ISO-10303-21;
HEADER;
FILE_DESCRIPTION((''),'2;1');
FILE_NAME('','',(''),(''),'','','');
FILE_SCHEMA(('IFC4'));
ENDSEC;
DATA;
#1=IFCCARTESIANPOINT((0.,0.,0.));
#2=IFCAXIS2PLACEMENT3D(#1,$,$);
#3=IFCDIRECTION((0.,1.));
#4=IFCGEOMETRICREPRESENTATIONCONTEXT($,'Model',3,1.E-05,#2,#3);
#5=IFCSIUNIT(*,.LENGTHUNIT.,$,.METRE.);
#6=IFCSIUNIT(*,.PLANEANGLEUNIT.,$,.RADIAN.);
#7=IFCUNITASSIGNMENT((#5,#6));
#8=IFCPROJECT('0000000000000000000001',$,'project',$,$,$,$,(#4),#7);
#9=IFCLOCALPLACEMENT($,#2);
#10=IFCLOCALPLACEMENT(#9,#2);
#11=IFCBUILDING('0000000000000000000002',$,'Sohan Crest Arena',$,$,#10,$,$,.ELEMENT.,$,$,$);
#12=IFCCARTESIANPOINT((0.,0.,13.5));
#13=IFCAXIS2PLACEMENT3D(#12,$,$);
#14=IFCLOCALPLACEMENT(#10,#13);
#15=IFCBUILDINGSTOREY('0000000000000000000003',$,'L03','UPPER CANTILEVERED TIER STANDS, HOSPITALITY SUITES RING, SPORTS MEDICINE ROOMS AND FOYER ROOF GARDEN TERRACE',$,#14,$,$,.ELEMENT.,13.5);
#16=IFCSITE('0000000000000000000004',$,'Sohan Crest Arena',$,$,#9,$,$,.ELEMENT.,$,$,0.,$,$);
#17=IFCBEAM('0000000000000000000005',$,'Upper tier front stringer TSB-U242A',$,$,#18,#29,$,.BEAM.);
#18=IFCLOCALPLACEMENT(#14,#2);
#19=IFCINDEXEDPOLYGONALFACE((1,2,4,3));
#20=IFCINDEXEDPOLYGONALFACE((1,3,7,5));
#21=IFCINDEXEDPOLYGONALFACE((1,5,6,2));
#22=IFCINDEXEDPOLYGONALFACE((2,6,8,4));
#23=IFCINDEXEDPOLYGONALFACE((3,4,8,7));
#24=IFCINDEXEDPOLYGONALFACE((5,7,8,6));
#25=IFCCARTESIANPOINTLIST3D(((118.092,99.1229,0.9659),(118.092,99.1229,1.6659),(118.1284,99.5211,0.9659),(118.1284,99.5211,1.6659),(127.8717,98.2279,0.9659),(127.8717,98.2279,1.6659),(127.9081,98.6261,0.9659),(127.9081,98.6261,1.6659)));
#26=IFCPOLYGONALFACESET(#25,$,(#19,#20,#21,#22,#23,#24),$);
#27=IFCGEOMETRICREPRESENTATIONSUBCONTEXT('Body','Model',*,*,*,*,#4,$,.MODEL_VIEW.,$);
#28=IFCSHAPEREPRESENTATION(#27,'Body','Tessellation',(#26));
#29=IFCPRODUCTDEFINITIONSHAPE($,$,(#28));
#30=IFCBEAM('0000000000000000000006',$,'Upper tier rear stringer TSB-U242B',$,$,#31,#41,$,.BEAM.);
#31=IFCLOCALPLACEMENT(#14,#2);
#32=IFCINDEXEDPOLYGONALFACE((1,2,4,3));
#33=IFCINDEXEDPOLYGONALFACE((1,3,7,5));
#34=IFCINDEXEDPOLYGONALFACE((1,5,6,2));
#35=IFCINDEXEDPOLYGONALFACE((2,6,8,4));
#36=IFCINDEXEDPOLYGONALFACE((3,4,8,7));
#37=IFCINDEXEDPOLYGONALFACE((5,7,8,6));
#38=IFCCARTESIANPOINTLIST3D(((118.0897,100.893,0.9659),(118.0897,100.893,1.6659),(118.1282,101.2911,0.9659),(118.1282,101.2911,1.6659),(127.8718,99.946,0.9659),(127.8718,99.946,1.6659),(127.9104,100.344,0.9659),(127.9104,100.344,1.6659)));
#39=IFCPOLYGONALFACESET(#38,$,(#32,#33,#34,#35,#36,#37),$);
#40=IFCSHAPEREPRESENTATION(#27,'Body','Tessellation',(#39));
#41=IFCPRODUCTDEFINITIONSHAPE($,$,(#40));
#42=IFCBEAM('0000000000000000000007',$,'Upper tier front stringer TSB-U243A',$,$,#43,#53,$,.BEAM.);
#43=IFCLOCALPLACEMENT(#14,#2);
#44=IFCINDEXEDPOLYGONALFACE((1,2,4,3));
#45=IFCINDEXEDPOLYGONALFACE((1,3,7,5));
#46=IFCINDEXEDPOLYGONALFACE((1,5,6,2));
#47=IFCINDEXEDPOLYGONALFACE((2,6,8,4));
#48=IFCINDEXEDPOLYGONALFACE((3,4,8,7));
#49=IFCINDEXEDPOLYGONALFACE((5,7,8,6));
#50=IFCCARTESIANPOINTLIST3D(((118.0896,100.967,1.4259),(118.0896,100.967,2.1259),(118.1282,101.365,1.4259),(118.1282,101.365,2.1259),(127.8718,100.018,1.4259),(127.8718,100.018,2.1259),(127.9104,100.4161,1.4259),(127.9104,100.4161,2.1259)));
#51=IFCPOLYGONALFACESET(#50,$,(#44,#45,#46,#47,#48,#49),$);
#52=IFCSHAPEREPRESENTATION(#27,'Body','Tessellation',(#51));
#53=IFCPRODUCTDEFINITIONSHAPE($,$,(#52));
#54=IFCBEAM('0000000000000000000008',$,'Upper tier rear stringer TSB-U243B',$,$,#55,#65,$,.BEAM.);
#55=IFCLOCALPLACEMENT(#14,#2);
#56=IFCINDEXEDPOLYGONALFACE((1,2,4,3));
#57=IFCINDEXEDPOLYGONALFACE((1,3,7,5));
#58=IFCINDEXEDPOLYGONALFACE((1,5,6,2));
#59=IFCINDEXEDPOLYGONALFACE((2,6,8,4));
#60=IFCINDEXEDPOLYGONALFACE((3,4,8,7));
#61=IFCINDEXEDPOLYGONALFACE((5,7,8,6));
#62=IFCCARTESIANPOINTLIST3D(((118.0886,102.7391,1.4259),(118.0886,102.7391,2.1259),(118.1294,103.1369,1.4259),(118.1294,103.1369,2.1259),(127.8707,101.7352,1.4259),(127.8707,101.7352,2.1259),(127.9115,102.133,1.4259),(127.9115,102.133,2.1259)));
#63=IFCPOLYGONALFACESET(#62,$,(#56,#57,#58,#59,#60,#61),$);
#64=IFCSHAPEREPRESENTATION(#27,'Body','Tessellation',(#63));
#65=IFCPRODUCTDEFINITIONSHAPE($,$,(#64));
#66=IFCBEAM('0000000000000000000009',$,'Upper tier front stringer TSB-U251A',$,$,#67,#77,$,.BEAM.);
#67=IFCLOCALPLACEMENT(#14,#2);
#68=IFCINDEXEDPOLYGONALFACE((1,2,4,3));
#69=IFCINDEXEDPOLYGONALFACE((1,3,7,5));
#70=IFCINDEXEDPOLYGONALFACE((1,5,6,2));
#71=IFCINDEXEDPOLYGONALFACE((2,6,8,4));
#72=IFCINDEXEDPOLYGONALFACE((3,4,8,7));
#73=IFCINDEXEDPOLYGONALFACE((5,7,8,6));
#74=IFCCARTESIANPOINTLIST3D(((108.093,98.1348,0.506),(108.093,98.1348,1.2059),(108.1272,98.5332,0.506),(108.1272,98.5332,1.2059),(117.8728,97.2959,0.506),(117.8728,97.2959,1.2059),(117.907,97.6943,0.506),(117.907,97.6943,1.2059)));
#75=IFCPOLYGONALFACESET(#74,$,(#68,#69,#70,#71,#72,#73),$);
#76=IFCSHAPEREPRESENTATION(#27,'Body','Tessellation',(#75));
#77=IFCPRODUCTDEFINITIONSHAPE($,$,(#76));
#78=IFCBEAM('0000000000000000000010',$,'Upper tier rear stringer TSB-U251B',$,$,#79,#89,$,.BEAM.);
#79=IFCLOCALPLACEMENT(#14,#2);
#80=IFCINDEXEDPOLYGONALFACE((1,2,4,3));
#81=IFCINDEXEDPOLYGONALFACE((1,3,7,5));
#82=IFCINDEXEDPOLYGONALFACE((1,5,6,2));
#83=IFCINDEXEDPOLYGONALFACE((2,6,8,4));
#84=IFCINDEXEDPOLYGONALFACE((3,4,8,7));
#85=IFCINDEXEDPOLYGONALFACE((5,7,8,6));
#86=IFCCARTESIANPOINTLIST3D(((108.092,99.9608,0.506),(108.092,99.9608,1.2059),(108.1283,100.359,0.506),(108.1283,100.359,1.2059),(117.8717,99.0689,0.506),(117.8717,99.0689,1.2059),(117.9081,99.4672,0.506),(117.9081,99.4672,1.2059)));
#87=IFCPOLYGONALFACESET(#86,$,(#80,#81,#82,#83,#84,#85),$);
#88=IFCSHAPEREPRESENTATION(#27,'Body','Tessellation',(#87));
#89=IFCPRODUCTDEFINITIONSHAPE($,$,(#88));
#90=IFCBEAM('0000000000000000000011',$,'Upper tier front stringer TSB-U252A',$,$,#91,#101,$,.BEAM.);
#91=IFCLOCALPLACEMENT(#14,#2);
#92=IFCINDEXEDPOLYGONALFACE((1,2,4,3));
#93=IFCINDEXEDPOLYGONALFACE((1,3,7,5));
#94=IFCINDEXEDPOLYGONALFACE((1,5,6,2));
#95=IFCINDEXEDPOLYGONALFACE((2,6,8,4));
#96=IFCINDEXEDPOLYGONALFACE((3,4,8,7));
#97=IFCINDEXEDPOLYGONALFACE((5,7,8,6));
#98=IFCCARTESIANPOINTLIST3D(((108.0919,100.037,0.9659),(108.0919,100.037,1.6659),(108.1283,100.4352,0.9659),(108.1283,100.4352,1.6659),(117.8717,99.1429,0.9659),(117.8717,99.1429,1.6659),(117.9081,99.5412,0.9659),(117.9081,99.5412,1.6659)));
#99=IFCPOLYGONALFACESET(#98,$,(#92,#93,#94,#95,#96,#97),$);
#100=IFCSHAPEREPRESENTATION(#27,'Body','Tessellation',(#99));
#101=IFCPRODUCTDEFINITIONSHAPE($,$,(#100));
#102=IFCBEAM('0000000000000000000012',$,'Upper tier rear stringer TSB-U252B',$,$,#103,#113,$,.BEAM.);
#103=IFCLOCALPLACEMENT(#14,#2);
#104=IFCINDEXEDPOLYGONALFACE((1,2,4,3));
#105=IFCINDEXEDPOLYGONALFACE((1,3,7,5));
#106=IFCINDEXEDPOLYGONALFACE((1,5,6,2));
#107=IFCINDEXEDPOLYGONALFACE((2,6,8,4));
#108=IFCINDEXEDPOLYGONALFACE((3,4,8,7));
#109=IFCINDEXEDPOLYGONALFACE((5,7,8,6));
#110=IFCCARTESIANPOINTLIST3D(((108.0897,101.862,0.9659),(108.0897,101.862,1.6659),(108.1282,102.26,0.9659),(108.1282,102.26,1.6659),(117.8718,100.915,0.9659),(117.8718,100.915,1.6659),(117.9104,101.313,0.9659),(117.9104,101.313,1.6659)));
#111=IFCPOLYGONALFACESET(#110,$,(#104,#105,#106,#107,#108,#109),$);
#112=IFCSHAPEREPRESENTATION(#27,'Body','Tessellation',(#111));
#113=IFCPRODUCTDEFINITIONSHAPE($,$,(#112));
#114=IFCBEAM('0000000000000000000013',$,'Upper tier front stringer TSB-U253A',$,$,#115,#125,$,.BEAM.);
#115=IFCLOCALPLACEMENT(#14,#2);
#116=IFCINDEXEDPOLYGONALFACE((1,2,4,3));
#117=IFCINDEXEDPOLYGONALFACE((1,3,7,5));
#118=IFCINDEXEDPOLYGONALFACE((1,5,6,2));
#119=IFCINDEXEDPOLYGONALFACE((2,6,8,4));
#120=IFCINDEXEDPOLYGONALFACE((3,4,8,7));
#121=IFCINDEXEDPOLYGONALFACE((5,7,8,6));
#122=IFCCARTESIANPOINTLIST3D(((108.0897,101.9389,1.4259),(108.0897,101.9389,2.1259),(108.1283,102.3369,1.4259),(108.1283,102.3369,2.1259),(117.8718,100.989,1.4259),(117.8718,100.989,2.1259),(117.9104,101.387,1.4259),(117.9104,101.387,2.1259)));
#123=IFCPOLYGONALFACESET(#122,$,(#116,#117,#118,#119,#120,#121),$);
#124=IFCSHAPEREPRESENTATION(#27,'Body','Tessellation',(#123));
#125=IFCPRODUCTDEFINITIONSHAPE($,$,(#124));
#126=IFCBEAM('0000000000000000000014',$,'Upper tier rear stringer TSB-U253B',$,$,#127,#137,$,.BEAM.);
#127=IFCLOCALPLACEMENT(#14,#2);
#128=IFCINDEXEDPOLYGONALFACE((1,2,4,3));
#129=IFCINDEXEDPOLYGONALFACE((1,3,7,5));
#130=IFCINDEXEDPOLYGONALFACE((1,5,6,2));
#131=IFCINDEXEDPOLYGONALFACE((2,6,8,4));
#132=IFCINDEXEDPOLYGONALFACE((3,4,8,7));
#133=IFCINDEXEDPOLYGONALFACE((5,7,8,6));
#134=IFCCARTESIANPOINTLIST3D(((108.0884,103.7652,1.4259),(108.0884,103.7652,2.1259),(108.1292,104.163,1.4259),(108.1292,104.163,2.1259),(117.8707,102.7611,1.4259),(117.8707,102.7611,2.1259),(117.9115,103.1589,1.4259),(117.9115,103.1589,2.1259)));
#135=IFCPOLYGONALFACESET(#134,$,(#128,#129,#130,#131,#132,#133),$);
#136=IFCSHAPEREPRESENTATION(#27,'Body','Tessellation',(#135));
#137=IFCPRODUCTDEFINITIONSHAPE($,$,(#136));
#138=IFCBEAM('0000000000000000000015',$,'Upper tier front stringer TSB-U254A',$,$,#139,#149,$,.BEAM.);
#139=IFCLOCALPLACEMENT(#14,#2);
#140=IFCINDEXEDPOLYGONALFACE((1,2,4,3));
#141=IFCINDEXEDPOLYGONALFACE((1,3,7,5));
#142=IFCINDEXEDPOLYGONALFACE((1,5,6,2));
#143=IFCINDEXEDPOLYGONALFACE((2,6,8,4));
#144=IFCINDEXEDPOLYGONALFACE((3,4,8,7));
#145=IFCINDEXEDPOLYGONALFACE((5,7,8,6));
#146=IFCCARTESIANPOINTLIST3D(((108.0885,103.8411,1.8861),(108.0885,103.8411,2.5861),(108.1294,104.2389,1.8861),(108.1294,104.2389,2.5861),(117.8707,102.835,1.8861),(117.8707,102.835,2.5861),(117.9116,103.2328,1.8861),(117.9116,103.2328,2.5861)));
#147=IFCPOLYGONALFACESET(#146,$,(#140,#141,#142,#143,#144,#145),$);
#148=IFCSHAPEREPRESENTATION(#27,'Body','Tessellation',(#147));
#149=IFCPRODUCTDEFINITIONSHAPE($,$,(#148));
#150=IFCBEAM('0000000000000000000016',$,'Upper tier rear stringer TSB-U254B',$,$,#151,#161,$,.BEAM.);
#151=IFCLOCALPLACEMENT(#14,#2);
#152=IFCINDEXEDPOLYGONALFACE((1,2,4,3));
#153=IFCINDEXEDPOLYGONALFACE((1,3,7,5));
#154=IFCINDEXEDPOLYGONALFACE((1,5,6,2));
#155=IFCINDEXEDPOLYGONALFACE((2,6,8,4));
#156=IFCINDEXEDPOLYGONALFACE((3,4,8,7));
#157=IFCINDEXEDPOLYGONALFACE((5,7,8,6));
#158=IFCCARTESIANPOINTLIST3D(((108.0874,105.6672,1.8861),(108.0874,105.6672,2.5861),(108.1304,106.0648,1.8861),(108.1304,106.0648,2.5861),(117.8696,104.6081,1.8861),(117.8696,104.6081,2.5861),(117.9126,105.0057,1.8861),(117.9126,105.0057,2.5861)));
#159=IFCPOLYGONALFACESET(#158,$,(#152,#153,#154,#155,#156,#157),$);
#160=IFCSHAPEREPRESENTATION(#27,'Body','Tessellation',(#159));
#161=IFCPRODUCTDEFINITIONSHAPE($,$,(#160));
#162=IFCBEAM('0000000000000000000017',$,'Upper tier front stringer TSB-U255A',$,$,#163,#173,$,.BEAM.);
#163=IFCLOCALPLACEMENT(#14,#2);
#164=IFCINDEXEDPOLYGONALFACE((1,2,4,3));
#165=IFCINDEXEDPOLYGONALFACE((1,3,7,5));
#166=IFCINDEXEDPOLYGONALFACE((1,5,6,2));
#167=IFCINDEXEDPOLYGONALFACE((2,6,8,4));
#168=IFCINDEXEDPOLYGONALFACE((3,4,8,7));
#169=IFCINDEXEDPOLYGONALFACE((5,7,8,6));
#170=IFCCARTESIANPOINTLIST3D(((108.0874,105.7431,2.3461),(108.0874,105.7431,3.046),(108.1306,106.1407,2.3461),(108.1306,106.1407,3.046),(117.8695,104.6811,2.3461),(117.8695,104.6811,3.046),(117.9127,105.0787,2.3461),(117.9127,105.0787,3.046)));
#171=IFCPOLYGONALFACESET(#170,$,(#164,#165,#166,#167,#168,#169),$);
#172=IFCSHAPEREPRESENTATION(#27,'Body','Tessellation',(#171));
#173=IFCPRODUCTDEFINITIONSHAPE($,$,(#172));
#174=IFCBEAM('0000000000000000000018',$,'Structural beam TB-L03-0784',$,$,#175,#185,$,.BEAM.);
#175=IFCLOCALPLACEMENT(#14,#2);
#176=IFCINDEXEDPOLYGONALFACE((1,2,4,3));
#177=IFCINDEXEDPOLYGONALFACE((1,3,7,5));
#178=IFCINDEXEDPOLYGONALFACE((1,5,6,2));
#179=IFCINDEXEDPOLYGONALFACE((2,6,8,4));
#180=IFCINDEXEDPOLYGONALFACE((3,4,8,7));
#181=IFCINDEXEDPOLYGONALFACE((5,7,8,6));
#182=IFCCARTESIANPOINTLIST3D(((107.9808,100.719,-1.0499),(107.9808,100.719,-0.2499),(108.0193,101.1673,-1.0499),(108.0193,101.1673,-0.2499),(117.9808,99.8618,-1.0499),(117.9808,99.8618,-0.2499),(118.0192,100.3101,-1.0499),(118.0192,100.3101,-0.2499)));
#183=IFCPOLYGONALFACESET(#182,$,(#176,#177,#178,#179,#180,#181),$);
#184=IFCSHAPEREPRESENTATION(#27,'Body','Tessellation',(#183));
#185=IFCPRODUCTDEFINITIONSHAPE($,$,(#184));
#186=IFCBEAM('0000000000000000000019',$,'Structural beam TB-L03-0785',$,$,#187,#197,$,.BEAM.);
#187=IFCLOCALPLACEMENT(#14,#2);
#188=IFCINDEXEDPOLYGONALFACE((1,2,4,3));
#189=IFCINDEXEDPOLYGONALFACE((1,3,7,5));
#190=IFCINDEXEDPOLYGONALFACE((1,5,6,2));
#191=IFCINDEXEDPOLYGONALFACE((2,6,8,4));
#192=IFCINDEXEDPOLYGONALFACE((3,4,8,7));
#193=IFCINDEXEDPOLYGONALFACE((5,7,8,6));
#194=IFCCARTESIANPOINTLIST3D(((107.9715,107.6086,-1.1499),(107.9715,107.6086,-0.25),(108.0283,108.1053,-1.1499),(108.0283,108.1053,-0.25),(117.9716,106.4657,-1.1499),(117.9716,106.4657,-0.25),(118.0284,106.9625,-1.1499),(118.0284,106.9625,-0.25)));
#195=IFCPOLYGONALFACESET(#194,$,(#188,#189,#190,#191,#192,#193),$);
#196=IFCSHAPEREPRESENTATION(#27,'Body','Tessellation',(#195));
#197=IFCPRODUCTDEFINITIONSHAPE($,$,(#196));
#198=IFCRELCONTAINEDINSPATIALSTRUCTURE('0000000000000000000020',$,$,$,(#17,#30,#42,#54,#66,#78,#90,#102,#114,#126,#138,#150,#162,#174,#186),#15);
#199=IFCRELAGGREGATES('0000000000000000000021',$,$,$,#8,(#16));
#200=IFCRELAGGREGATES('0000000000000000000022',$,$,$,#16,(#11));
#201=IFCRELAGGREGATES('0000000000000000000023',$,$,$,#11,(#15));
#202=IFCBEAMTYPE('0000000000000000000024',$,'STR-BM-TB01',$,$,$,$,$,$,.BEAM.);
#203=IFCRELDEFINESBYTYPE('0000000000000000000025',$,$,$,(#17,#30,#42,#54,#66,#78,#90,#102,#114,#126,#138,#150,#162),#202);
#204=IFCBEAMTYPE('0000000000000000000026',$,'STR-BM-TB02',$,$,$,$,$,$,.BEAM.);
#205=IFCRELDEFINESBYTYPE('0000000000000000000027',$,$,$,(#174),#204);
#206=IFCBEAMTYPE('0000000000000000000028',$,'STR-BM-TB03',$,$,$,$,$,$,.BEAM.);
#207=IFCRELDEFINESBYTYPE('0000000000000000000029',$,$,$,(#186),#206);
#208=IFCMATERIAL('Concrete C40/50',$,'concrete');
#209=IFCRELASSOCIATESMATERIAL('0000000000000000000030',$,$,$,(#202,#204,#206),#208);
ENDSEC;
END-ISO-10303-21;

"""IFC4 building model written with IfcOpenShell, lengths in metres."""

from ifc_helpers import new_model, si_unit, direction, frame, origin, origin_2d, place, context, subcontext, project, spatial, rectangle, extrude, material, material_profile, profile_set, type_object, element, save


model = new_model("IFC4")

# Units and contexts
model_context = context("Model", 3, precision=1e-05, world=origin(), true_north=direction((0.0, 1.0)))
body_context = subcontext(model_context, "Body", "Model", "MODEL_VIEW")
ifc_project = project(units=[si_unit("LENGTHUNIT", "METRE"), si_unit("PLANEANGLEUNIT", "RADIAN")], contexts=[model_context])

# Site, building, storey
site_placement = place(None, origin())
site = spatial("IfcSite", under=ifc_project, at=site_placement, Name="Sohan Crest Arena", CompositionType="ELEMENT", RefElevation=0.0)
building_placement = place(site_placement, origin())
building = spatial("IfcBuilding", under=site, at=building_placement, Name="Sohan Crest Arena", CompositionType="ELEMENT")
storey_placement = place(building_placement, frame((0.0, 0.0, 13.5)))
storey = spatial("IfcBuildingStorey", under=building, at=storey_placement, Name="L03", Description="UPPER CANTILEVERED TIER STANDS, HOSPITALITY SUITES RING, SPORTS MEDICINE ROOMS AND FOYER ROOF GARDEN TERRACE", CompositionType="ELEMENT", Elevation=13.5)

# Shared definitions
ifc_material_1 = material(Name="Concrete C40/50", Category="concrete")

# Beams
ifc_material_profile_1 = material_profile(ifc_material_1, rectangle(XDim=0.3999, YDim=0.7, at=origin_2d()), Name="RC-BM 400x700")
ifc_profile_set_1 = profile_set([ifc_material_profile_1], Name="Concrete C40/50")
beam_type_1 = type_object("IfcBeamType", Name="STR-BM-TB01", PredefinedType="BEAM", material=ifc_profile_set_1)
beam_1_placement = place(storey_placement, frame((127.8899, 98.427, 1.3159), z_axis=(-0.995838, 0.091136, 0.0), x_axis=(-0.091136, -0.995838, 0.0)))
element("IfcBeam", 1, at=beam_1_placement, inside=storey, type_object=beam_type_1, Name="Upper tier front stringer TSB-U242A", PredefinedType="BEAM", context=body_context, shape_type="SweptSolid", body=[
    extrude(rectangle(XDim=0.3999, YDim=0.7, at=origin_2d()), origin(), (0.0, 0.0, 1.0), 9.8206),
])
beam_2_placement = place(storey_placement, frame((127.8911, 100.145, 1.3159), z_axis=(-0.995347, 0.09636, 0.0), x_axis=(-0.09636, -0.995347, 0.0)))
element("IfcBeam", 2, at=beam_2_placement, inside=storey, type_object=beam_type_1, Name="Upper tier rear stringer TSB-U242B", PredefinedType="BEAM", context=body_context, shape_type="SweptSolid", body=[
    extrude(rectangle(XDim=0.3999, YDim=0.7, at=origin_2d()), origin(), (0.0, 0.0, 1.0), 9.8279),
])
beam_3_placement = place(storey_placement, frame((127.8911, 100.217, 1.7759), z_axis=(-0.995327, 0.096557, 0.0), x_axis=(-0.096557, -0.995327, 0.0)))
element("IfcBeam", 3, at=beam_3_placement, inside=storey, type_object=beam_type_1, Name="Upper tier front stringer TSB-U243A", PredefinedType="BEAM", context=body_context, shape_type="SweptSolid", body=[
    extrude(rectangle(XDim=0.3999, YDim=0.7, at=origin_2d()), origin(), (0.0, 0.0, 1.0), 9.8281),
])
beam_4_placement = place(storey_placement, frame((127.8911, 101.9341, 1.7759), z_axis=(-0.994775, 0.102089, 0.0), x_axis=(-0.102089, -0.994775, 0.0)))
element("IfcBeam", 4, at=beam_4_placement, inside=storey, type_object=beam_type_1, Name="Upper tier rear stringer TSB-U243B", PredefinedType="BEAM", context=body_context, shape_type="SweptSolid", body=[
    extrude(rectangle(XDim=0.3999, YDim=0.7, at=origin_2d()), origin(), (0.0, 0.0, 1.0), 9.8335),
])
beam_5_placement = place(storey_placement, frame((117.8899, 97.4951, 0.856), z_axis=(-0.996341, 0.085462, 0.0), x_axis=(-0.085462, -0.996341, 0.0)))
element("IfcBeam", 5, at=beam_5_placement, inside=storey, type_object=beam_type_1, Name="Upper tier front stringer TSB-U251A", PredefinedType="BEAM", context=body_context, shape_type="SweptSolid", body=[
    extrude(rectangle(XDim=0.3999, YDim=0.7, at=origin_2d()), origin(), (0.0, 0.0, 1.0), 9.8157),
])
beam_6_placement = place(storey_placement, frame((117.8899, 99.2681, 0.856), z_axis=(-0.995868, 0.090816, 0.0), x_axis=(-0.090816, -0.995868, 0.0)))
element("IfcBeam", 6, at=beam_6_placement, inside=storey, type_object=beam_type_1, Name="Upper tier rear stringer TSB-U251B", PredefinedType="BEAM", context=body_context, shape_type="SweptSolid", body=[
    extrude(rectangle(XDim=0.3999, YDim=0.7, at=origin_2d()), origin(), (0.0, 0.0, 1.0), 9.8203),
])
beam_7_placement = place(storey_placement, frame((117.8899, 99.342, 1.3159), z_axis=(-0.995847, 0.091038, 0.0), x_axis=(-0.091038, -0.995847, 0.0)))
element("IfcBeam", 7, at=beam_7_placement, inside=storey, type_object=beam_type_1, Name="Upper tier front stringer TSB-U252A", PredefinedType="BEAM", context=body_context, shape_type="SweptSolid", body=[
    extrude(rectangle(XDim=0.3999, YDim=0.7, at=origin_2d()), origin(), (0.0, 0.0, 1.0), 9.8206),
])
beam_8_placement = place(storey_placement, frame((117.8911, 101.114, 1.3159), z_axis=(-0.995347, 0.09636, 0.0), x_axis=(-0.09636, -0.995347, 0.0)))
element("IfcBeam", 8, at=beam_8_placement, inside=storey, type_object=beam_type_1, Name="Upper tier rear stringer TSB-U252B", PredefinedType="BEAM", context=body_context, shape_type="SweptSolid", body=[
    extrude(rectangle(XDim=0.3999, YDim=0.7, at=origin_2d()), origin(), (0.0, 0.0, 1.0), 9.8279),
])
beam_9_placement = place(storey_placement, frame((117.8911, 101.188, 1.7759), z_axis=(-0.995318, 0.096655, 0.0), x_axis=(-0.096655, -0.995318, 0.0)))
element("IfcBeam", 9, at=beam_9_placement, inside=storey, type_object=beam_type_1, Name="Upper tier front stringer TSB-U253A", PredefinedType="BEAM", context=body_context, shape_type="SweptSolid", body=[
    extrude(rectangle(XDim=0.3999, YDim=0.7, at=origin_2d()), origin(), (0.0, 0.0, 1.0), 9.8281),
])
for number, where, z_axis, x_axis, name in (
    (10, (117.8911, 102.96, 1.7759), (-0.994773, 0.102114, 0.0), (-0.102114, -0.994773, 0.0), "Upper tier rear stringer TSB-U253B"),
    (11, (117.8911, 103.0339, 2.2361), (-0.994753, 0.10231, 0.0), (-0.10231, -0.994753, 0.0), "Upper tier front stringer TSB-U254A"),
):
    element("IfcBeam", number, at=place(storey_placement, frame(where, z_axis=z_axis, x_axis=x_axis)), inside=storey, type_object=beam_type_1, Name=name, PredefinedType="BEAM", context=body_context, shape_type="SweptSolid", body=[
        extrude(rectangle(XDim=0.3999, YDim=0.7, at=origin_2d()), origin(), (0.0, 0.0, 1.0), 9.8337),
    ])
beam_10_placement = place(storey_placement, frame((117.8911, 104.8069, 2.2361), z_axis=(-0.99419, 0.107637, 0.0), x_axis=(-0.107637, -0.99419, 0.0)))
element("IfcBeam", 12, at=beam_10_placement, inside=storey, type_object=beam_type_1, Name="Upper tier rear stringer TSB-U254B", PredefinedType="BEAM", context=body_context, shape_type="SweptSolid", body=[
    extrude(rectangle(XDim=0.3999, YDim=0.7, at=origin_2d()), origin(), (0.0, 0.0, 1.0), 9.8394),
])
beam_11_placement = place(storey_placement, frame((117.8911, 104.8799, 2.696), z_axis=(-0.994158, 0.107931, 0.0), x_axis=(-0.107931, -0.994158, 0.0)))
element("IfcBeam", 13, at=beam_11_placement, inside=storey, type_object=beam_type_1, Name="Upper tier front stringer TSB-U255A", PredefinedType="BEAM", context=body_context, shape_type="SweptSolid", body=[
    extrude(rectangle(XDim=0.3999, YDim=0.7, at=origin_2d()), origin(), (0.0, 0.0, 1.0), 9.8396),
])
ifc_material_profile_2 = material_profile(ifc_material_1, rectangle(XDim=0.45, YDim=0.8, at=origin_2d()), Name="RC-BM 450x800")
ifc_profile_set_2 = profile_set([ifc_material_profile_2], Name="Concrete C40/50")
beam_type_2 = type_object("IfcBeamType", Name="STR-BM-TB02", PredefinedType="BEAM", material=ifc_profile_set_2)
beam_12_placement = place(storey_placement, frame((118.0, 100.0859, -0.6499), z_axis=(-0.996346, 0.085405, 0.0), x_axis=(-0.085405, -0.996346, 0.0)))
element("IfcBeam", 14, at=beam_12_placement, inside=storey, type_object=beam_type_2, Name="Structural beam TB-L03-0784", PredefinedType="BEAM", context=body_context, shape_type="SweptSolid", body=[
    extrude(rectangle(XDim=0.45, YDim=0.8, at=origin_2d()), origin(), (0.0, 0.0, 1.0), 10.0366),
])
ifc_material_profile_3 = material_profile(ifc_material_1, rectangle(XDim=0.5, YDim=0.8999, at=origin_2d()), Name="RC-BM 500x900")
ifc_profile_set_3 = profile_set([ifc_material_profile_3], Name="Concrete C40/50")
beam_type_3 = type_object("IfcBeamType", Name="STR-BM-TB03", PredefinedType="BEAM", material=ifc_profile_set_3)
beam_13_placement = place(storey_placement, frame((118.0, 106.7141, -0.7), z_axis=(-0.993533, 0.113543, 0.0), x_axis=(-0.113543, -0.993533, 0.0)))
element("IfcBeam", 15, at=beam_13_placement, inside=storey, type_object=beam_type_3, Name="Structural beam TB-L03-0785", PredefinedType="BEAM", context=body_context, shape_type="SweptSolid", body=[
    extrude(rectangle(XDim=0.5, YDim=0.8999, at=origin_2d()), origin(), (0.0, 0.0, 1.0), 10.0652),
])

save(model, "model.ifc")
